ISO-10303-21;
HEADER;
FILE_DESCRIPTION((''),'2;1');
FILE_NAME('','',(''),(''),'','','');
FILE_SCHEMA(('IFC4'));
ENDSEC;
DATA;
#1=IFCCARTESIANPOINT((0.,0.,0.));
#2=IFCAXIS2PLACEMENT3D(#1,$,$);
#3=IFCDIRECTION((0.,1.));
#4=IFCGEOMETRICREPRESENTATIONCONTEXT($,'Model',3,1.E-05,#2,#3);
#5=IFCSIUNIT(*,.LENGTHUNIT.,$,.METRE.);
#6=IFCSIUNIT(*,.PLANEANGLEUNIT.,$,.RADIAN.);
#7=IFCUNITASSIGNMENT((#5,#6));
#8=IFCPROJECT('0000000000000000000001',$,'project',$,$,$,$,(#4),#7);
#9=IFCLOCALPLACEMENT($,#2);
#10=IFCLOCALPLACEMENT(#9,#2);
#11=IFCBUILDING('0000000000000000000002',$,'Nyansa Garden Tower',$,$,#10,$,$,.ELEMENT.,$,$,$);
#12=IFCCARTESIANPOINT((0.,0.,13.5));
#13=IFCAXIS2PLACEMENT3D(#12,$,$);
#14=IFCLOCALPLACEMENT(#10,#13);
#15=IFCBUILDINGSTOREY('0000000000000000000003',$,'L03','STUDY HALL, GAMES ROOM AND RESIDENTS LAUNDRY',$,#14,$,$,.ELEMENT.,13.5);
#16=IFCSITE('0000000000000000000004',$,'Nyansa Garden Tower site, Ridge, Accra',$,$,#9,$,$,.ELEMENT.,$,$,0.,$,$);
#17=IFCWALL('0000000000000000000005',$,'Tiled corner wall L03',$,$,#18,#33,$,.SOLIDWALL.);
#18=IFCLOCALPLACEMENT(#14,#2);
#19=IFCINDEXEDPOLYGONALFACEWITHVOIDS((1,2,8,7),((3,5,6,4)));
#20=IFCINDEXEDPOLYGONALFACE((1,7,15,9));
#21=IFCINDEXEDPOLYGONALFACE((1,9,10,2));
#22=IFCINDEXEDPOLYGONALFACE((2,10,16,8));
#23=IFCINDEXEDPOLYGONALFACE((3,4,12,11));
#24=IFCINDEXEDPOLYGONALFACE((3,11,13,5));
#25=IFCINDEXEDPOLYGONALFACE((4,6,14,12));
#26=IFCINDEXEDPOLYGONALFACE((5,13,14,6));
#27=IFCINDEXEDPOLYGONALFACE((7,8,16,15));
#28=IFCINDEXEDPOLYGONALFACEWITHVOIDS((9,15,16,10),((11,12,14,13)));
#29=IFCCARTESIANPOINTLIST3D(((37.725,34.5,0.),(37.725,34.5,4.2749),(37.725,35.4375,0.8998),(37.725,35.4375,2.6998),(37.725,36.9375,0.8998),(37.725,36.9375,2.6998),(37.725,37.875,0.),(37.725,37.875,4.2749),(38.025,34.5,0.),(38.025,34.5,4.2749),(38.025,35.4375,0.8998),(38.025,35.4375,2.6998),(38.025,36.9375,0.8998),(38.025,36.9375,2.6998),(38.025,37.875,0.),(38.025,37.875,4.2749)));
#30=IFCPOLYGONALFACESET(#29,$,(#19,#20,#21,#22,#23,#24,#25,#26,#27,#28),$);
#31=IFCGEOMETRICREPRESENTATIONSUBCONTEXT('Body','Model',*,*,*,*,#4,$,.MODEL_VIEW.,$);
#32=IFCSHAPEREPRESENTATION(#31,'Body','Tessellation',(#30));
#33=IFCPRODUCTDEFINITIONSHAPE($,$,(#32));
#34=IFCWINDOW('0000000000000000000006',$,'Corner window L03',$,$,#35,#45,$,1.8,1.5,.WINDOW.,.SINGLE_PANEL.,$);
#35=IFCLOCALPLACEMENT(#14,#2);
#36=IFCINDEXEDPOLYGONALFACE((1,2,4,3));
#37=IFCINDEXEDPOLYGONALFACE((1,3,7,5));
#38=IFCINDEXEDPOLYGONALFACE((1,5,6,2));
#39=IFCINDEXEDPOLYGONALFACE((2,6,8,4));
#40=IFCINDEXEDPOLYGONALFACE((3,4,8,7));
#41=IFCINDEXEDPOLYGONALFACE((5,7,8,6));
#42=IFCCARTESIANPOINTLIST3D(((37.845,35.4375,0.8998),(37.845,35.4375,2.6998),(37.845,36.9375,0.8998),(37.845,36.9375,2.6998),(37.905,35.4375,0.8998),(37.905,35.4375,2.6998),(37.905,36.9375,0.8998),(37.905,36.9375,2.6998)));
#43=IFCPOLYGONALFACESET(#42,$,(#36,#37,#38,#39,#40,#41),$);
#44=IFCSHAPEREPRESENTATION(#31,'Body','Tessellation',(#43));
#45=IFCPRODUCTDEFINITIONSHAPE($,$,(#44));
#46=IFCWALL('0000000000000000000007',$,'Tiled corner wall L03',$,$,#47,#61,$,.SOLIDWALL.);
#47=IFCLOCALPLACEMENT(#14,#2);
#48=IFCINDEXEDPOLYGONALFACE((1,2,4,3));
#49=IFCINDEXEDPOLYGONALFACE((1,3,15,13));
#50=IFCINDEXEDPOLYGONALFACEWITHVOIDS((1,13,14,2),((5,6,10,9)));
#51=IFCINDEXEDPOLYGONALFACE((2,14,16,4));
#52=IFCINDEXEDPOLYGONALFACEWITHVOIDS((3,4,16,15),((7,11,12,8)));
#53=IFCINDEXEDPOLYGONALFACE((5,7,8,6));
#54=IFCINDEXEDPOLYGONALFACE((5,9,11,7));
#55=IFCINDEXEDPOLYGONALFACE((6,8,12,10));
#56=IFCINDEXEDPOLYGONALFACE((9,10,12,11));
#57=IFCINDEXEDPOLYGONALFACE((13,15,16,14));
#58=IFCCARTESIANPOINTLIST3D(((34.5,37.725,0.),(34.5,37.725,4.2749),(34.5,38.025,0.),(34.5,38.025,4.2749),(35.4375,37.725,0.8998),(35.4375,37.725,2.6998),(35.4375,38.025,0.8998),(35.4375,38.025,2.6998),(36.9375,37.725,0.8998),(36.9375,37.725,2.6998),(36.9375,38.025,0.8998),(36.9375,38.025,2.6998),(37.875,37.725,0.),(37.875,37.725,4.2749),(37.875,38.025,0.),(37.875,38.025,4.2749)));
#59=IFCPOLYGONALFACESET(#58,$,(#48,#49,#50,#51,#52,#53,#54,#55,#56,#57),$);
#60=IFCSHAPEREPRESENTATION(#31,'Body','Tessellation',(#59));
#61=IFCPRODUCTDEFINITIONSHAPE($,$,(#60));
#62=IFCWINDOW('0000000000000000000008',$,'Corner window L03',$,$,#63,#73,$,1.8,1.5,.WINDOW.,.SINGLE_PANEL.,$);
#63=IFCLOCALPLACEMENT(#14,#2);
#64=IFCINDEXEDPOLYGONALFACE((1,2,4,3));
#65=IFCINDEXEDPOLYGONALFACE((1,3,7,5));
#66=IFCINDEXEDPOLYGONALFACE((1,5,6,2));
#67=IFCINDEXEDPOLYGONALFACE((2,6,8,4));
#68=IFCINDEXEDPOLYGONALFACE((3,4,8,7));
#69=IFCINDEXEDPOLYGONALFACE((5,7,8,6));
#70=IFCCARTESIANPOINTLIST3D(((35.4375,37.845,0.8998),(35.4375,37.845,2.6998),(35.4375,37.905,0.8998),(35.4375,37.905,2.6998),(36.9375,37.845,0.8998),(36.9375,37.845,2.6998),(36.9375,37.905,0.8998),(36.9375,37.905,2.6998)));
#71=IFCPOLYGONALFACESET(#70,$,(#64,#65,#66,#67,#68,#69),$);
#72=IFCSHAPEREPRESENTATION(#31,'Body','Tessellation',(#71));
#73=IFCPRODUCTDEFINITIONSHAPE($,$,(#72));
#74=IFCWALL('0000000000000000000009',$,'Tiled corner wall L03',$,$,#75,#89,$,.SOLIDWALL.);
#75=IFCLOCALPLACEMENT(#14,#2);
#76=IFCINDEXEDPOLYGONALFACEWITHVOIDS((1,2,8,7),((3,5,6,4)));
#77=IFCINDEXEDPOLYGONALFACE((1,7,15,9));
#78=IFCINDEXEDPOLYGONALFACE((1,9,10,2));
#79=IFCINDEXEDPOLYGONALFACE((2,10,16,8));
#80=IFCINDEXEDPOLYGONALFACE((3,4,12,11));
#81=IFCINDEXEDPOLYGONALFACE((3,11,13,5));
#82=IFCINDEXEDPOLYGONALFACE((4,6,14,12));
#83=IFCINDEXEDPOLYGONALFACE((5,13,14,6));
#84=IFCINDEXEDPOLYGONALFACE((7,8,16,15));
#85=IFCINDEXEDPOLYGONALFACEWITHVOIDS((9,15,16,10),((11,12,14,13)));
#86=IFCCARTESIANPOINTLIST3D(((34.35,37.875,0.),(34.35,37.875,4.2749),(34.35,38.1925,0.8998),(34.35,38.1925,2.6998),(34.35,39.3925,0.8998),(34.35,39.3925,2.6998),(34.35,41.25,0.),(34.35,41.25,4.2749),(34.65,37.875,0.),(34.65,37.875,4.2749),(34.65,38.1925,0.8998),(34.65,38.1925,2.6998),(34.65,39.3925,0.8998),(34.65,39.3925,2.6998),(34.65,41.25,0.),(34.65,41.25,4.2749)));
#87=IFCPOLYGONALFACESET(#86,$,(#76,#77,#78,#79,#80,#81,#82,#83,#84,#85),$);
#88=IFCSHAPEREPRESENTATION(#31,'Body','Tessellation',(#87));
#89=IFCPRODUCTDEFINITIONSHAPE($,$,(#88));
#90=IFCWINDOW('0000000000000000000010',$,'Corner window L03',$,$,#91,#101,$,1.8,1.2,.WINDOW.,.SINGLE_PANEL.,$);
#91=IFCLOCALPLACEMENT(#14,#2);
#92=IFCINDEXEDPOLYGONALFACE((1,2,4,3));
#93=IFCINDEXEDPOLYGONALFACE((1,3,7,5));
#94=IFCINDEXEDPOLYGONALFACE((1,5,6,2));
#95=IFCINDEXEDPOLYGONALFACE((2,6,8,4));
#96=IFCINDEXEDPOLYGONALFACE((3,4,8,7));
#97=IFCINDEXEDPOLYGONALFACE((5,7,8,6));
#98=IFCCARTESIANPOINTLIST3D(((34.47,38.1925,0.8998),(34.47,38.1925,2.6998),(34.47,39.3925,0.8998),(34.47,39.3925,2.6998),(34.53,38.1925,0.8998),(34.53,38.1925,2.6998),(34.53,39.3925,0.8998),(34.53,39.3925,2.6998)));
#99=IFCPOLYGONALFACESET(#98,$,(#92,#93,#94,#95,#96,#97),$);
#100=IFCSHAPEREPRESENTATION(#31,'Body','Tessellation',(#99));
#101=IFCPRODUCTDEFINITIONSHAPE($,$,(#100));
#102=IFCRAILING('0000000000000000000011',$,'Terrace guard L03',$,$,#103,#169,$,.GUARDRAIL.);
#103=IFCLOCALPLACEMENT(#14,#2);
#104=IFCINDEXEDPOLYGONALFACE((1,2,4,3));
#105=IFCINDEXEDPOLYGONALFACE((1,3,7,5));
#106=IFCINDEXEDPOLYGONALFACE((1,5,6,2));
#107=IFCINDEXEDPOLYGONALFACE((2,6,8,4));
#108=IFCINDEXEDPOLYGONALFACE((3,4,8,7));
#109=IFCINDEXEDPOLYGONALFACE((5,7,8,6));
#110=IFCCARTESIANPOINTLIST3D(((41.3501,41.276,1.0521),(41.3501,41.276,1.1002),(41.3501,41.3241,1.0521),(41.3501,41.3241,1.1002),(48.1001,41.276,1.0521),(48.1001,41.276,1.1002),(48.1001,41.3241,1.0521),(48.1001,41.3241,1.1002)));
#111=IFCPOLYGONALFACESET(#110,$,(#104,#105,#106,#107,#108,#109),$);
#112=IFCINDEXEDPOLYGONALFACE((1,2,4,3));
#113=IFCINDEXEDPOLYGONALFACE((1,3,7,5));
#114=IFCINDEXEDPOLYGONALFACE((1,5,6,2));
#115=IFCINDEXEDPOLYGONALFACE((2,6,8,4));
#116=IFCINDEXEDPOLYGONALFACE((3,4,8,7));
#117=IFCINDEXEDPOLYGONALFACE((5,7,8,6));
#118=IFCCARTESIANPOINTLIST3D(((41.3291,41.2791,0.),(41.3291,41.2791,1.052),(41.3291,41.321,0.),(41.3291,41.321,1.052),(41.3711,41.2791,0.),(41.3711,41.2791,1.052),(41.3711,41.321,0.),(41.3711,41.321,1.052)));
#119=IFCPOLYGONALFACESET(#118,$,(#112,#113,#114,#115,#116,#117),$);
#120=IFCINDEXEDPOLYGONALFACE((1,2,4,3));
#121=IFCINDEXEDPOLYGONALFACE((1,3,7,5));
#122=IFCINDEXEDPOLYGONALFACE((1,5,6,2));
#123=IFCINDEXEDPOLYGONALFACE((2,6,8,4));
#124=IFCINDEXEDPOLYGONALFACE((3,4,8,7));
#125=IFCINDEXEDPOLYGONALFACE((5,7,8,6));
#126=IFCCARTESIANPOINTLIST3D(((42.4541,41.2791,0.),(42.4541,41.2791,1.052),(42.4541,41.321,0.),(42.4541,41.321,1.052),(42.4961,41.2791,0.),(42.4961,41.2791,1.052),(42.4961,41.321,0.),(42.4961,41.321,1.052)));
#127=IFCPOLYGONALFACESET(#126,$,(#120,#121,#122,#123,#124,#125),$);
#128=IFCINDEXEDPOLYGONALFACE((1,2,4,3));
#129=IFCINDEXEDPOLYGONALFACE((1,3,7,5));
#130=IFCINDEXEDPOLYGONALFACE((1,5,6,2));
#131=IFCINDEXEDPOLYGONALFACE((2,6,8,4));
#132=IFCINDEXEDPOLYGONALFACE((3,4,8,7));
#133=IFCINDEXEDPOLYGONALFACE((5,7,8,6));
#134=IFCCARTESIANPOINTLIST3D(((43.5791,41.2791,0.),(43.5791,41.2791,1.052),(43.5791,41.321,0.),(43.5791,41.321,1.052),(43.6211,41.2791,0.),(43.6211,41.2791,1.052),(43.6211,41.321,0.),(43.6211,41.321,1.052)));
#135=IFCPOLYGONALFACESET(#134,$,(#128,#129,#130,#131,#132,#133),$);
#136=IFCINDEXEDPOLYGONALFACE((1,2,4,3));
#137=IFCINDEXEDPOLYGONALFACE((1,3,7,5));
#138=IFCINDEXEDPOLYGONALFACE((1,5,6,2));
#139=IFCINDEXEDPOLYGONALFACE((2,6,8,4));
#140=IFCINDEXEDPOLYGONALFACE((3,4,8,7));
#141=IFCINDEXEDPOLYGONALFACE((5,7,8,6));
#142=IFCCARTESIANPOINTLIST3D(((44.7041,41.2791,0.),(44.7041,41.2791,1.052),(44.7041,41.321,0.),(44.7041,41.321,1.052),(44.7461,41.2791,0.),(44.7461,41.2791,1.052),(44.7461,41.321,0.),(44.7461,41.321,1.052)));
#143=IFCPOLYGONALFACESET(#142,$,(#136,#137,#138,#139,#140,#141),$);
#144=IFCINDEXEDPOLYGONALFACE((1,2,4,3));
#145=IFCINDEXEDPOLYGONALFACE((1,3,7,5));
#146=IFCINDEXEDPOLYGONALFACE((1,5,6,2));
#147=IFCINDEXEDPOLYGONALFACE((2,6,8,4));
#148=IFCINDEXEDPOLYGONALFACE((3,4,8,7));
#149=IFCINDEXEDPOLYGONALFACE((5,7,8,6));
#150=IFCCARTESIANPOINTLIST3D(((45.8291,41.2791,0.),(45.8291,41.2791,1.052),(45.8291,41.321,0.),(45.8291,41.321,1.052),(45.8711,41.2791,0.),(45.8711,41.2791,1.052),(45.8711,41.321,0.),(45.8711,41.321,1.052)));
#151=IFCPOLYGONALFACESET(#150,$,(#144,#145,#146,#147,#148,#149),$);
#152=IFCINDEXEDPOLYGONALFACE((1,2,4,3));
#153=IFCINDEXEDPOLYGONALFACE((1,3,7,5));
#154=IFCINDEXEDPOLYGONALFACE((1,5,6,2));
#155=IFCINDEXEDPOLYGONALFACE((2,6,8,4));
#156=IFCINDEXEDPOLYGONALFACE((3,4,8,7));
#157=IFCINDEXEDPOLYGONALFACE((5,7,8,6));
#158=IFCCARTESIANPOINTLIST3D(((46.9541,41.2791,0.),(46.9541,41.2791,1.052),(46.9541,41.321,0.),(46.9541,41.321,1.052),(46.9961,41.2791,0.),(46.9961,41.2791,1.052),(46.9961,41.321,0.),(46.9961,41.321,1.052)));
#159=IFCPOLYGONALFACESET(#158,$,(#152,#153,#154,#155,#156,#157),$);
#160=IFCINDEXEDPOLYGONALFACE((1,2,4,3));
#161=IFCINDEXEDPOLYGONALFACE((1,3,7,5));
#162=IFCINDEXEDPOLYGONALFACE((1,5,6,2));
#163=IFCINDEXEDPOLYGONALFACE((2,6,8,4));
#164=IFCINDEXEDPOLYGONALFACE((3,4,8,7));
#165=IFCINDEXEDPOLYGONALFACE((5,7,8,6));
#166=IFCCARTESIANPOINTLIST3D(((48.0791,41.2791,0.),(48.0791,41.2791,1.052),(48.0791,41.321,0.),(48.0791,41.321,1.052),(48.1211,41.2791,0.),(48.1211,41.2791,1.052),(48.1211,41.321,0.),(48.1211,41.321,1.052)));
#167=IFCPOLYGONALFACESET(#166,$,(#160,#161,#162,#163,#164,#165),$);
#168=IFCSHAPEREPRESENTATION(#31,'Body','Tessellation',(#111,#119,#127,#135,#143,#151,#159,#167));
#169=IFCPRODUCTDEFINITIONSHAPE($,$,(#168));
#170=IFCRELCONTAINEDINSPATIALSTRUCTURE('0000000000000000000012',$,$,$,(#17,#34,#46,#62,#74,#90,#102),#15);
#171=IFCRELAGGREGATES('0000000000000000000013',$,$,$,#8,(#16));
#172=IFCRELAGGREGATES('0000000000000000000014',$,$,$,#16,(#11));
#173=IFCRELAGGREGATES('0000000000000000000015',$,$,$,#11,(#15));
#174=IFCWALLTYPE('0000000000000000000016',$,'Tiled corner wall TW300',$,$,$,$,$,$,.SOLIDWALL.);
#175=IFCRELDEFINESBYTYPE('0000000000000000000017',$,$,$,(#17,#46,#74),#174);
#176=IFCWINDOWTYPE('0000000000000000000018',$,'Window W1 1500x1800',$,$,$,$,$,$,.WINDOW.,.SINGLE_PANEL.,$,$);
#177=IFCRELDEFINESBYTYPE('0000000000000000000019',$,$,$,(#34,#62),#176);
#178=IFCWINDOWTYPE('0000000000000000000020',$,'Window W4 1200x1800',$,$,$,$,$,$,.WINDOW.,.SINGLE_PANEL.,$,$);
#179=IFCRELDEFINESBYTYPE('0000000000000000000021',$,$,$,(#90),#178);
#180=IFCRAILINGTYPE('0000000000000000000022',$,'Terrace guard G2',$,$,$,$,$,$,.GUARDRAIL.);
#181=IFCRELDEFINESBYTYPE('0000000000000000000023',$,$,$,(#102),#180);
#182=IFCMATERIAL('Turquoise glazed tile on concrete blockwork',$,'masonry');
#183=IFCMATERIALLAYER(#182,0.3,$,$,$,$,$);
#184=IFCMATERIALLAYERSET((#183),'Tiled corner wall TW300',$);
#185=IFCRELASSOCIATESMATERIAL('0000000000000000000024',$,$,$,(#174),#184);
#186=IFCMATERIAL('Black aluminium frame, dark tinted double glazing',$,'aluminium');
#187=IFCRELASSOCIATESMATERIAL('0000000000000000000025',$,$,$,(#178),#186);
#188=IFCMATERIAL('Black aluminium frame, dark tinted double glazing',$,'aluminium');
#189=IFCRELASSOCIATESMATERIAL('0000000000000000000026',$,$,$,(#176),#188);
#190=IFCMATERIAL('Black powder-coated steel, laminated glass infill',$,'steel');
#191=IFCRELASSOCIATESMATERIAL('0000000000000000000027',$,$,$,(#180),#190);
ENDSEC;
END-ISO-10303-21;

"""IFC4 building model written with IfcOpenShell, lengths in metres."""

from ifc_helpers import new_model, si_unit, direction, frame, frame_2d, origin, origin_2d, place, context, subcontext, project, spatial, rectangle, extrude, material, layer, layer_set, type_object, element, fill, save


model = new_model("IFC4")

# Units and contexts
model_context = context("Model", 3, precision=1e-05, world=origin(), true_north=direction((0.0, 1.0)))
body_context = subcontext(model_context, "Body", "Model", "MODEL_VIEW")
ifc_project = project(units=[si_unit("LENGTHUNIT", "METRE"), si_unit("PLANEANGLEUNIT", "RADIAN")], contexts=[model_context])

# Site, building, storey
site_placement = place(None, origin())
site = spatial("IfcSite", under=ifc_project, at=site_placement, Name="Nyansa Garden Tower site, Ridge, Accra", CompositionType="ELEMENT", RefElevation=0.0)
building_placement = place(site_placement, origin())
building = spatial("IfcBuilding", under=site, at=building_placement, Name="Nyansa Garden Tower", CompositionType="ELEMENT")
storey_placement = place(building_placement, frame((0.0, 0.0, 13.5)))
storey = spatial("IfcBuildingStorey", under=building, at=storey_placement, Name="L03", Description="STUDY HALL, GAMES ROOM AND RESIDENTS LAUNDRY", CompositionType="ELEMENT", Elevation=13.5)

# Walls, openings, windows
ifc_material_1 = material(Name="Turquoise glazed tile on concrete blockwork", Category="masonry")
ifc_layer_1 = layer(ifc_material_1, 0.3)
ifc_layer_set_1 = layer_set([ifc_layer_1], Name="Tiled corner wall TW300")
wall_type_1 = type_object("IfcWallType", Name="Tiled corner wall TW300", PredefinedType="SOLIDWALL", material=ifc_layer_set_1)
ifc_material_2 = material(Name="Black aluminium frame, dark tinted double glazing", Category="aluminium")
window_type_1 = type_object("IfcWindowType", Name="Window W4 1200x1800", PartitioningType="SINGLE_PANEL", PredefinedType="WINDOW", material=ifc_material_2)
wall_1_placement = place(storey_placement, frame((37.875, 34.5, 0.0), z_axis=(0.0, 0.0, 1.0), x_axis=(0.0, 1.0, 0.0)))
wall_1 = element("IfcWall", 1, at=wall_1_placement, inside=storey, type_object=wall_type_1, Name="Tiled corner wall L03", PredefinedType="SOLIDWALL", context=body_context, shape_type="SweptSolid", body=[
    extrude(rectangle(XDim=3.375, YDim=0.3, at=frame_2d((1.6875, 0.0))), origin(), (0.0, 0.0, 1.0), 4.2749),
])
opening_1_placement = place(wall_1_placement, frame((0.9375, 0.0, 0.8999)))
opening_1 = element("IfcOpeningElement", 2, at=opening_1_placement, cuts=wall_1, PredefinedType="OPENING", context=body_context, shape_type="SweptSolid", body=[
    extrude(rectangle(XDim=1.5, YDim=1.8, at=frame_2d((0.75, 0.8999))), frame((0.0, 0.1599, 0.0), z_axis=(0.0, -1.0, 0.0), x_axis=(1.0, 0.0, 0.0)), (0.0, 0.0, 1.0), 0.3201),
])
ifc_material_3 = material(Name="Black aluminium frame, dark tinted double glazing", Category="aluminium")
window_type_2 = type_object("IfcWindowType", Name="Window W1 1500x1800", PartitioningType="SINGLE_PANEL", PredefinedType="WINDOW", material=ifc_material_3)
window_1_placement = place(opening_1_placement, origin())
window_1 = element("IfcWindow", 3, at=window_1_placement, inside=storey, type_object=window_type_2, Name="Corner window L03", OverallHeight=1.8, OverallWidth=1.5, PartitioningType="SINGLE_PANEL", PredefinedType="WINDOW", context=body_context, shape_type="SweptSolid", body=[
    extrude(rectangle(XDim=1.5, YDim=1.8, at=frame_2d((0.75, 0.8999))), frame((0.0, 0.03, 0.0), z_axis=(0.0, -1.0, 0.0), x_axis=(1.0, 0.0, 0.0)), (0.0, 0.0, 1.0), 0.0601),
])
fill(opening_1, window_1)
wall_2_placement = place(storey_placement, frame((37.875, 37.875, 0.0), z_axis=(0.0, 0.0, 1.0), x_axis=(-1.0, 0.0, 0.0)))
wall_2 = element("IfcWall", 4, at=wall_2_placement, inside=storey, type_object=wall_type_1, Name="Tiled corner wall L03", PredefinedType="SOLIDWALL", context=body_context, shape_type="SweptSolid", body=[
    extrude(rectangle(XDim=3.375, YDim=0.3, at=frame_2d((1.6875, 0.0))), origin(), (0.0, 0.0, 1.0), 4.2749),
])
opening_2_placement = place(wall_2_placement, frame((0.9375, 0.0, 0.8999)))
opening_2 = element("IfcOpeningElement", 5, at=opening_2_placement, cuts=wall_2, PredefinedType="OPENING", context=body_context, shape_type="SweptSolid", body=[
    extrude(rectangle(XDim=1.5, YDim=1.8, at=frame_2d((0.75, 0.8999))), frame((0.0, 0.1599, 0.0), z_axis=(0.0, -1.0, 0.0), x_axis=(1.0, 0.0, 0.0)), (0.0, 0.0, 1.0), 0.3201),
])
window_2_placement = place(opening_2_placement, origin())
window_2 = element("IfcWindow", 6, at=window_2_placement, inside=storey, type_object=window_type_2, Name="Corner window L03", OverallHeight=1.8, OverallWidth=1.5, PartitioningType="SINGLE_PANEL", PredefinedType="WINDOW", context=body_context, shape_type="SweptSolid", body=[
    extrude(rectangle(XDim=1.5, YDim=1.8, at=frame_2d((0.75, 0.8999))), frame((0.0, 0.03, 0.0), z_axis=(0.0, -1.0, 0.0), x_axis=(1.0, 0.0, 0.0)), (0.0, 0.0, 1.0), 0.0601),
])
fill(opening_2, window_2)
wall_3_placement = place(storey_placement, frame((34.5, 37.875, 0.0), z_axis=(0.0, 0.0, 1.0), x_axis=(0.0, 1.0, 0.0)))
wall_3 = element("IfcWall", 7, at=wall_3_placement, inside=storey, type_object=wall_type_1, Name="Tiled corner wall L03", PredefinedType="SOLIDWALL", context=body_context, shape_type="SweptSolid", body=[
    extrude(rectangle(XDim=3.375, YDim=0.3, at=frame_2d((1.6875, 0.0))), origin(), (0.0, 0.0, 1.0), 4.2749),
])
opening_3_placement = place(wall_3_placement, frame((0.3174, 0.0, 0.8999)))
opening_3 = element("IfcOpeningElement", 8, at=opening_3_placement, cuts=wall_3, PredefinedType="OPENING", context=body_context, shape_type="SweptSolid", body=[
    extrude(rectangle(XDim=1.2, YDim=1.8, at=frame_2d((0.6001, 0.8999))), frame((0.0, 0.1599, 0.0), z_axis=(0.0, -1.0, 0.0), x_axis=(1.0, 0.0, 0.0)), (0.0, 0.0, 1.0), 0.3201),
])
window_3_placement = place(opening_3_placement, origin())
window_3 = element("IfcWindow", 9, at=window_3_placement, inside=storey, type_object=window_type_1, Name="Corner window L03", OverallHeight=1.8, OverallWidth=1.2, PartitioningType="SINGLE_PANEL", PredefinedType="WINDOW", context=body_context, shape_type="SweptSolid", body=[
    extrude(rectangle(XDim=1.2, YDim=1.8, at=frame_2d((0.6001, 0.8999))), frame((0.0, 0.03, 0.0), z_axis=(0.0, -1.0, 0.0), x_axis=(1.0, 0.0, 0.0)), (0.0, 0.0, 1.0), 0.0601),
])
fill(opening_3, window_3)

# Railing
ifc_material_4 = material(Name="Black powder-coated steel, laminated glass infill", Category="steel")
railing_type = type_object("IfcRailingType", Name="Terrace guard G2", PredefinedType="GUARDRAIL", material=ifc_material_4)
railing_1_placement = place(storey_placement, frame((41.3501, 41.3, 0.0)))
element("IfcRailing", 10, at=railing_1_placement, inside=storey, type_object=railing_type, Name="Terrace guard L03", PredefinedType="GUARDRAIL", context=body_context, shape_type="SweptSolid", body=[
    extrude(rectangle(XDim=0.0481, YDim=0.0481, at=origin_2d()), frame((0.0, 0.0, 1.0762), z_axis=(1.0, 0.0, 0.0), x_axis=(0.0, 1.0, 0.0)), (0.0, 0.0, 1.0), 6.75),
    extrude(rectangle(XDim=0.042, YDim=0.042, at=origin_2d()), origin(), (0.0, 0.0, 1.0), 1.052),
    extrude(rectangle(XDim=0.042, YDim=0.042, at=origin_2d()), frame((1.125, 0.0, 0.0)), (0.0, 0.0, 1.0), 1.052),
    extrude(rectangle(XDim=0.042, YDim=0.042, at=origin_2d()), frame((2.25, 0.0, 0.0)), (0.0, 0.0, 1.0), 1.052),
    extrude(rectangle(XDim=0.042, YDim=0.042, at=origin_2d()), frame((3.375, 0.0, 0.0)), (0.0, 0.0, 1.0), 1.052),
    extrude(rectangle(XDim=0.042, YDim=0.042, at=origin_2d()), frame((4.5, 0.0, 0.0)), (0.0, 0.0, 1.0), 1.052),
    extrude(rectangle(XDim=0.042, YDim=0.042, at=origin_2d()), frame((5.625, 0.0, 0.0)), (0.0, 0.0, 1.0), 1.052),
    extrude(rectangle(XDim=0.042, YDim=0.042, at=origin_2d()), frame((6.75, 0.0, 0.0)), (0.0, 0.0, 1.0), 1.052),
])

save(model, "model.ifc")
